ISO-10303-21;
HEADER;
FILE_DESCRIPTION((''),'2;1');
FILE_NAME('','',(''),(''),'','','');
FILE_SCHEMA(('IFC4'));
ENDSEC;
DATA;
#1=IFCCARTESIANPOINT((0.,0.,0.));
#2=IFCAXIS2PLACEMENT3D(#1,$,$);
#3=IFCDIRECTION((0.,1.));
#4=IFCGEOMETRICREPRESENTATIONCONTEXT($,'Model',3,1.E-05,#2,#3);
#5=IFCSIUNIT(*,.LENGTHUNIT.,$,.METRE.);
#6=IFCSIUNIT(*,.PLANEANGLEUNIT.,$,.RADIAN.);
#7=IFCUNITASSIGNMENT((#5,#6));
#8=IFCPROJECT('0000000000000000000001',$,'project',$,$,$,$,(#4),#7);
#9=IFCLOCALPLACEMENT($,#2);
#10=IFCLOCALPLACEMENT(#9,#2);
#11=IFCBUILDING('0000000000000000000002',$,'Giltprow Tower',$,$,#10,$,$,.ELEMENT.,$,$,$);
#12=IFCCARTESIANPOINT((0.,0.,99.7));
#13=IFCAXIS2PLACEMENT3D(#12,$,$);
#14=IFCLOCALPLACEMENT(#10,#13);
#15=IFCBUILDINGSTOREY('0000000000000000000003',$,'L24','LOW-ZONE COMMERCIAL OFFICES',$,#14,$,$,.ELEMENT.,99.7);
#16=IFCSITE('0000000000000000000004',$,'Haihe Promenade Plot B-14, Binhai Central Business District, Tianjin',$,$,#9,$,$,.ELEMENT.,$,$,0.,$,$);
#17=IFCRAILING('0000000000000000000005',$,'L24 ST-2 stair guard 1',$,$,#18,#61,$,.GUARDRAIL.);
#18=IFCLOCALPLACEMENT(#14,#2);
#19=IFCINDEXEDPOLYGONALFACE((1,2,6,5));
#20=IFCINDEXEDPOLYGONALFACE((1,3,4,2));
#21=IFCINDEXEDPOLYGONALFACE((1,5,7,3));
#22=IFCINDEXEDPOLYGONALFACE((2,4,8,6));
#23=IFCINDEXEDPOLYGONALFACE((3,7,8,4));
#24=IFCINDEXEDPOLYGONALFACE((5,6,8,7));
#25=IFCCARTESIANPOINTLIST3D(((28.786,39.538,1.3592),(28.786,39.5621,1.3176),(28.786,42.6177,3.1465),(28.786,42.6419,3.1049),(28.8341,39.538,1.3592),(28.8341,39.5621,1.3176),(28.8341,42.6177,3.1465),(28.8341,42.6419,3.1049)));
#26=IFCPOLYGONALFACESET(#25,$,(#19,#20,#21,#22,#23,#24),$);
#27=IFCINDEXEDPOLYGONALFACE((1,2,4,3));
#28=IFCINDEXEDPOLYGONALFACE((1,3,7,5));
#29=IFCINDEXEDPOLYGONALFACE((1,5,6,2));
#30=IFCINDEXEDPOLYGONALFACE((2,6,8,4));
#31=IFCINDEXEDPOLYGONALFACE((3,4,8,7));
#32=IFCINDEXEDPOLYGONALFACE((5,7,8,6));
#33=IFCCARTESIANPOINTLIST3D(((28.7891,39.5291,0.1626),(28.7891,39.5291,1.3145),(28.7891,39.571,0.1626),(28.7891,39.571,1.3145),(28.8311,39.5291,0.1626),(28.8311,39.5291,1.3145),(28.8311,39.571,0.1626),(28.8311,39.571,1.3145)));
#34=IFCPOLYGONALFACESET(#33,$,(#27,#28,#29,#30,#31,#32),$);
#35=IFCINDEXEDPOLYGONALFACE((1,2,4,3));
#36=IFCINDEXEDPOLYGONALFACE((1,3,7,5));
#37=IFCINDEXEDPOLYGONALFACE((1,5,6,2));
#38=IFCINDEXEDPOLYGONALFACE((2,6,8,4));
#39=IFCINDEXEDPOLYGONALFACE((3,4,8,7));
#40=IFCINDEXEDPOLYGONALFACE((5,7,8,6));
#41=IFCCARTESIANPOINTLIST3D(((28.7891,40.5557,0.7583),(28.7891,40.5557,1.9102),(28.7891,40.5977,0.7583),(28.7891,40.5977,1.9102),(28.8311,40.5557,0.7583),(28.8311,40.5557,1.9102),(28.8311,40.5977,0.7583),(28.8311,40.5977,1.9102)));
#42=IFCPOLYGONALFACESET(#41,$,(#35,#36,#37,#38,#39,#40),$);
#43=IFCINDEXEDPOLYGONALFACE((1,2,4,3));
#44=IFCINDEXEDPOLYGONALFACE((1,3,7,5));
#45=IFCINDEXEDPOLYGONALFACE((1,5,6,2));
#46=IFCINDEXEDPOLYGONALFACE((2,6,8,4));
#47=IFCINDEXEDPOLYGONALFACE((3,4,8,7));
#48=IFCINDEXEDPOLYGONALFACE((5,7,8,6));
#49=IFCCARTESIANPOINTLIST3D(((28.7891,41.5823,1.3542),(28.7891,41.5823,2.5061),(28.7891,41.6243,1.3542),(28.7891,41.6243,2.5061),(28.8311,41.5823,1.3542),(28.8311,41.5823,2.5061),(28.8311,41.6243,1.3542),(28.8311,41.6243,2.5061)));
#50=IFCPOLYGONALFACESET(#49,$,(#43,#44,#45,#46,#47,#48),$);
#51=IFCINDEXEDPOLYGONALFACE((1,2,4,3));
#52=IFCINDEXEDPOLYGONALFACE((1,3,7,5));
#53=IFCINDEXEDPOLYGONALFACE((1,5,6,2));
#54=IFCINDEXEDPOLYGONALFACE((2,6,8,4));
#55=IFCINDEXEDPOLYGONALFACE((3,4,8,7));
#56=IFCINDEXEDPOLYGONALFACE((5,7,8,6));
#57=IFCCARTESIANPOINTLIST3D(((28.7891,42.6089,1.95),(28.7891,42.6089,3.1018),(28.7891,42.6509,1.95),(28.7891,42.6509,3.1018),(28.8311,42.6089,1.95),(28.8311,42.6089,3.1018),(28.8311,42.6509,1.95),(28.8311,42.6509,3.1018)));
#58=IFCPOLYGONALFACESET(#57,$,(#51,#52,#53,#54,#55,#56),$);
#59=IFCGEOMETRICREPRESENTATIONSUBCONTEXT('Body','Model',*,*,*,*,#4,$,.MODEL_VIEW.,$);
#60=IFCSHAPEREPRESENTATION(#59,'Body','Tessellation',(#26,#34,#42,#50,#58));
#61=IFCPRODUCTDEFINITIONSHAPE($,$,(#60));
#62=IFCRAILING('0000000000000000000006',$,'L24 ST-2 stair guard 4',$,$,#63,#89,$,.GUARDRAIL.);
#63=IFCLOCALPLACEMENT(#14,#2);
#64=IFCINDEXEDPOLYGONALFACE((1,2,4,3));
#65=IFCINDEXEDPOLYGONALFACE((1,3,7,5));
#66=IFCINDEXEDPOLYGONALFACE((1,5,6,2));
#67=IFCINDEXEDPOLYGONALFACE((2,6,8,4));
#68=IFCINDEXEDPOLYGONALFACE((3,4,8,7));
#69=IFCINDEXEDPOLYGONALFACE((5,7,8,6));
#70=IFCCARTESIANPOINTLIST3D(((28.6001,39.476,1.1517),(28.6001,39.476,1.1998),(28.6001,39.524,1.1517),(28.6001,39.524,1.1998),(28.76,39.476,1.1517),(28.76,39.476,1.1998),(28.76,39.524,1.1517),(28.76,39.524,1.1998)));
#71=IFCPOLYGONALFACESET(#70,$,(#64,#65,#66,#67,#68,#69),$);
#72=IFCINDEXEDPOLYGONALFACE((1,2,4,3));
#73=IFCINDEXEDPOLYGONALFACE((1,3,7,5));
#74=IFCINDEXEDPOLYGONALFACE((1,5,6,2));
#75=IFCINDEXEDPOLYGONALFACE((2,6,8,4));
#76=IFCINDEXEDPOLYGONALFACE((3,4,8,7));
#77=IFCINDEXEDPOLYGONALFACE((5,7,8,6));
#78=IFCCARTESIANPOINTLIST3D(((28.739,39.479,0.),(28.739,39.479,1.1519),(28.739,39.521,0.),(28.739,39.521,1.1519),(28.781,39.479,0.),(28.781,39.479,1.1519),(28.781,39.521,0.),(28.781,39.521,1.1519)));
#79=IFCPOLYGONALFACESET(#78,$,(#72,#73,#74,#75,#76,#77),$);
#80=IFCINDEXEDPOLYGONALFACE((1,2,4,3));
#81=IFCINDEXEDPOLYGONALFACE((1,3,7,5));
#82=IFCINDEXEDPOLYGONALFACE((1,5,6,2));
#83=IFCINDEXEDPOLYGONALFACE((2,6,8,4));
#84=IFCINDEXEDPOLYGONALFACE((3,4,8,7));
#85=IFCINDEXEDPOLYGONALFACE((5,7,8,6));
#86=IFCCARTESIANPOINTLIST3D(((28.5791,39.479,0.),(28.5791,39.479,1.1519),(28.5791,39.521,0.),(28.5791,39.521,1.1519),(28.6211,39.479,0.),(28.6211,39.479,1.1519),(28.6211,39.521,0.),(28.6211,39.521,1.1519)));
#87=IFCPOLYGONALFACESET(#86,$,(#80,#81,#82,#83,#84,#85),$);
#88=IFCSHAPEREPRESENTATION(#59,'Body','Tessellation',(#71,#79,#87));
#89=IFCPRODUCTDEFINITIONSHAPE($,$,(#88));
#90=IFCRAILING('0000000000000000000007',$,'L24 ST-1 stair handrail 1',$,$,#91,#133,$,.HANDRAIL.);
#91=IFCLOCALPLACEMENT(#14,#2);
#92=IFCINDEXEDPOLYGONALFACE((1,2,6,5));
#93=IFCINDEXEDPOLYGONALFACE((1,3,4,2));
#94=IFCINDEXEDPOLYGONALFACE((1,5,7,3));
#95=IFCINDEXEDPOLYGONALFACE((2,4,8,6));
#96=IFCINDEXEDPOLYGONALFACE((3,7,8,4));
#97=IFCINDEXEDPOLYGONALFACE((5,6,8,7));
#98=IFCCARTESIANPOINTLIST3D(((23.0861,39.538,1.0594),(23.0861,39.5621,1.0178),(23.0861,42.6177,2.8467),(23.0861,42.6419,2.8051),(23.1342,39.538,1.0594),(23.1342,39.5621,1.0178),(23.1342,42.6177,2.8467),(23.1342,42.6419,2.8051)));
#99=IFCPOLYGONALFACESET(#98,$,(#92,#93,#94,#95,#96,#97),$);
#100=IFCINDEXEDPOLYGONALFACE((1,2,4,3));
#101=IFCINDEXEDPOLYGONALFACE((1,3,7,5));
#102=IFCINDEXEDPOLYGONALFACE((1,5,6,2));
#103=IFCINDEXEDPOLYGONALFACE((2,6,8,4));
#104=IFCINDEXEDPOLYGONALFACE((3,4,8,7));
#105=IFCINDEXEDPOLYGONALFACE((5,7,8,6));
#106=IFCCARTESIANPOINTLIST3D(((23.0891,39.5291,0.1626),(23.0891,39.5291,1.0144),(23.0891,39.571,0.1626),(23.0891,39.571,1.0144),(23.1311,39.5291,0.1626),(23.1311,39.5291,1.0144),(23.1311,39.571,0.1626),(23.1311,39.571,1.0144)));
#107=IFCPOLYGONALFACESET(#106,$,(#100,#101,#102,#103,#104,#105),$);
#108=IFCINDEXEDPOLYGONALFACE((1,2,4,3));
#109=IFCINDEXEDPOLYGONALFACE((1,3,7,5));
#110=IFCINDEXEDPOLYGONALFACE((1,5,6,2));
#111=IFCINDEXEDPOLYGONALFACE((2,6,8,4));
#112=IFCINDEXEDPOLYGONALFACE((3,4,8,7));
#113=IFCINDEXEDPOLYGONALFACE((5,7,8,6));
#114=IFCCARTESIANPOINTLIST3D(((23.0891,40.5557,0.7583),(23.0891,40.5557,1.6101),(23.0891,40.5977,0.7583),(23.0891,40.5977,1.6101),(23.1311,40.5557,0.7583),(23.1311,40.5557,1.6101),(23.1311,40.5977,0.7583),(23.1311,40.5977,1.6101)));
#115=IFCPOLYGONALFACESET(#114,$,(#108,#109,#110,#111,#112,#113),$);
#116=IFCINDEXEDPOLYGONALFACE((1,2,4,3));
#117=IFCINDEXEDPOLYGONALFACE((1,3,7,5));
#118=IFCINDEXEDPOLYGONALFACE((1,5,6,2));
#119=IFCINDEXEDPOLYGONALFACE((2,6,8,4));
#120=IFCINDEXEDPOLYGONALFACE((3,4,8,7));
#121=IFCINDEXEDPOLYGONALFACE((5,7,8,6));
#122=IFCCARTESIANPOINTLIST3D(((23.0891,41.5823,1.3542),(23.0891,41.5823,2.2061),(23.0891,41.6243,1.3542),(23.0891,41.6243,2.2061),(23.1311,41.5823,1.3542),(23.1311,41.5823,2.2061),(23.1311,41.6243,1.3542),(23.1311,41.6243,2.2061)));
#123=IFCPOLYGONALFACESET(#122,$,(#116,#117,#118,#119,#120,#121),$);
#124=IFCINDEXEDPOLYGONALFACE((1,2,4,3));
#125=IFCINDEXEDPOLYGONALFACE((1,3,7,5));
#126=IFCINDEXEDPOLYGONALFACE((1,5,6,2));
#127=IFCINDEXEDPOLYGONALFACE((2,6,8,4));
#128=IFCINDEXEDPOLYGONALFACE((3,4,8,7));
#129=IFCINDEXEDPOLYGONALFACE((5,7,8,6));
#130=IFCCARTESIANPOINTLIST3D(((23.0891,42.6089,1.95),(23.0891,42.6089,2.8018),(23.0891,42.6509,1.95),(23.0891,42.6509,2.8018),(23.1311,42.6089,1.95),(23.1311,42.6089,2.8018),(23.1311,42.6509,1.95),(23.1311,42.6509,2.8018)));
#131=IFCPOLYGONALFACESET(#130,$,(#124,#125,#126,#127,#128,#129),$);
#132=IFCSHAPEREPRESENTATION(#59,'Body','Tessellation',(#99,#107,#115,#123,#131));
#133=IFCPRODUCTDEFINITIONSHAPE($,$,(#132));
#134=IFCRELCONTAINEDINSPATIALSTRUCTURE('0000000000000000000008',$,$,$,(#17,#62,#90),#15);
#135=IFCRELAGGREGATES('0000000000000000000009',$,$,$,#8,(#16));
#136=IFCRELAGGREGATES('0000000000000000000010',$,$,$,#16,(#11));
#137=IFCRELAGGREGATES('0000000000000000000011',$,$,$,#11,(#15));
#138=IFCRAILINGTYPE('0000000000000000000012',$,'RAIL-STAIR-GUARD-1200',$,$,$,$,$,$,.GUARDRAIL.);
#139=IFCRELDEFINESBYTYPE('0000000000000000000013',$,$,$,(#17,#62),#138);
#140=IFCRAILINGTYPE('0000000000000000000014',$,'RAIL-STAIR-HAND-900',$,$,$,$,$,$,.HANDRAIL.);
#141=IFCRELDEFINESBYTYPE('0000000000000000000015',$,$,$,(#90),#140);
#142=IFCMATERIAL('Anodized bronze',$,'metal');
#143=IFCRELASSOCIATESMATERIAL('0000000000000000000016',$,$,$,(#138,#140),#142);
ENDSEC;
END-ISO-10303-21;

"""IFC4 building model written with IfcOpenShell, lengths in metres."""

from ifc_helpers import new_model, si_unit, direction, frame, origin, origin_2d, place, context, subcontext, project, spatial, rectangle, extrude, material, type_object, element, save


model = new_model("IFC4")

# Units and contexts
model_context = context("Model", 3, precision=1e-05, world=origin(), true_north=direction((0.0, 1.0)))
body_context = subcontext(model_context, "Body", "Model", "MODEL_VIEW")
ifc_project = project(units=[si_unit("LENGTHUNIT", "METRE"), si_unit("PLANEANGLEUNIT", "RADIAN")], contexts=[model_context])

# Site, building, storey
site_placement = place(None, origin())
site = spatial("IfcSite", under=ifc_project, at=site_placement, Name="Haihe Promenade Plot B-14, Binhai Central Business District, Tianjin", CompositionType="ELEMENT", RefElevation=0.0)
building_placement = place(site_placement, origin())
building = spatial("IfcBuilding", under=site, at=building_placement, Name="Giltprow Tower", CompositionType="ELEMENT")
storey_placement = place(building_placement, frame((0.0, 0.0, 99.7)))
storey = spatial("IfcBuildingStorey", under=building, at=storey_placement, Name="L24", Description="LOW-ZONE COMMERCIAL OFFICES", CompositionType="ELEMENT", Elevation=99.7)

# Railings
ifc_material_1 = material(Name="Anodized bronze", Category="metal")
railing_type_1 = type_object("IfcRailingType", Name="RAIL-STAIR-GUARD-1200", PredefinedType="GUARDRAIL", material=ifc_material_1)
railing_1_placement = place(storey_placement, frame((28.8101, 39.55, 0.1626)))
element("IfcRailing", 1, at=railing_1_placement, inside=storey, type_object=railing_type_1, Name="L24 ST-2 stair guard 1", PredefinedType="GUARDRAIL", context=body_context, shape_type="SweptSolid", body=[
    extrude(rectangle(XDim=0.0481, YDim=0.0481, at=origin_2d()), frame((0.0, 0.0, 1.1758), z_axis=(0.0, 0.864903, 0.501939), x_axis=(-1.0, 0.0, 0.0)), (0.0, 0.0, 1.0), 3.5608),
    extrude(rectangle(XDim=0.042, YDim=0.042, at=origin_2d()), origin(), (0.0, 0.0, 1.0), 1.1519),
    extrude(rectangle(XDim=0.042, YDim=0.042, at=origin_2d()), frame((0.0, 1.0266, 0.5957)), (0.0, 0.0, 1.0), 1.1519),
    extrude(rectangle(XDim=0.042, YDim=0.042, at=origin_2d()), frame((0.0, 2.0532, 1.1917)), (0.0, 0.0, 1.0), 1.1519),
    extrude(rectangle(XDim=0.042, YDim=0.042, at=origin_2d()), frame((0.0, 3.0798, 1.7874)), (0.0, 0.0, 1.0), 1.1519),
])
railing_2_placement = place(storey_placement, frame((28.76, 39.5, 0.0)))
element("IfcRailing", 2, at=railing_2_placement, inside=storey, type_object=railing_type_1, Name="L24 ST-2 stair guard 4", PredefinedType="GUARDRAIL", context=body_context, shape_type="SweptSolid", body=[
    extrude(rectangle(XDim=0.0481, YDim=0.0481, at=origin_2d()), frame((0.0, 0.0, 1.1758), z_axis=(-1.0, 0.0, 0.0), x_axis=(0.0, -1.0, 0.0)), (0.0, 0.0, 1.0), 0.1599),
    extrude(rectangle(XDim=0.042, YDim=0.042, at=origin_2d()), origin(), (0.0, 0.0, 1.0), 1.1519),
    extrude(rectangle(XDim=0.042, YDim=0.042, at=origin_2d()), frame((-0.1599, 0.0, 0.0)), (0.0, 0.0, 1.0), 1.1519),
])
railing_type_2 = type_object("IfcRailingType", Name="RAIL-STAIR-HAND-900", PredefinedType="HANDRAIL", material=ifc_material_1)
railing_3_placement = place(storey_placement, frame((23.1101, 39.55, 0.1626)))
element("IfcRailing", 3, at=railing_3_placement, inside=storey, type_object=railing_type_2, Name="L24 ST-1 stair handrail 1", PredefinedType="HANDRAIL", context=body_context, shape_type="SweptSolid", body=[
    extrude(rectangle(XDim=0.0481, YDim=0.0481, at=origin_2d()), frame((0.0, 0.0, 0.876), z_axis=(0.0, 0.864903, 0.501939), x_axis=(-1.0, 0.0, 0.0)), (0.0, 0.0, 1.0), 3.5608),
    extrude(rectangle(XDim=0.042, YDim=0.042, at=origin_2d()), origin(), (0.0, 0.0, 1.0), 0.8518),
    extrude(rectangle(XDim=0.042, YDim=0.042, at=origin_2d()), frame((0.0, 1.0266, 0.5957)), (0.0, 0.0, 1.0), 0.8518),
    extrude(rectangle(XDim=0.042, YDim=0.042, at=origin_2d()), frame((0.0, 2.0532, 1.1917)), (0.0, 0.0, 1.0), 0.8518),
    extrude(rectangle(XDim=0.042, YDim=0.042, at=origin_2d()), frame((0.0, 3.0798, 1.7874)), (0.0, 0.0, 1.0), 0.8518),
])

save(model, "model.ifc")
